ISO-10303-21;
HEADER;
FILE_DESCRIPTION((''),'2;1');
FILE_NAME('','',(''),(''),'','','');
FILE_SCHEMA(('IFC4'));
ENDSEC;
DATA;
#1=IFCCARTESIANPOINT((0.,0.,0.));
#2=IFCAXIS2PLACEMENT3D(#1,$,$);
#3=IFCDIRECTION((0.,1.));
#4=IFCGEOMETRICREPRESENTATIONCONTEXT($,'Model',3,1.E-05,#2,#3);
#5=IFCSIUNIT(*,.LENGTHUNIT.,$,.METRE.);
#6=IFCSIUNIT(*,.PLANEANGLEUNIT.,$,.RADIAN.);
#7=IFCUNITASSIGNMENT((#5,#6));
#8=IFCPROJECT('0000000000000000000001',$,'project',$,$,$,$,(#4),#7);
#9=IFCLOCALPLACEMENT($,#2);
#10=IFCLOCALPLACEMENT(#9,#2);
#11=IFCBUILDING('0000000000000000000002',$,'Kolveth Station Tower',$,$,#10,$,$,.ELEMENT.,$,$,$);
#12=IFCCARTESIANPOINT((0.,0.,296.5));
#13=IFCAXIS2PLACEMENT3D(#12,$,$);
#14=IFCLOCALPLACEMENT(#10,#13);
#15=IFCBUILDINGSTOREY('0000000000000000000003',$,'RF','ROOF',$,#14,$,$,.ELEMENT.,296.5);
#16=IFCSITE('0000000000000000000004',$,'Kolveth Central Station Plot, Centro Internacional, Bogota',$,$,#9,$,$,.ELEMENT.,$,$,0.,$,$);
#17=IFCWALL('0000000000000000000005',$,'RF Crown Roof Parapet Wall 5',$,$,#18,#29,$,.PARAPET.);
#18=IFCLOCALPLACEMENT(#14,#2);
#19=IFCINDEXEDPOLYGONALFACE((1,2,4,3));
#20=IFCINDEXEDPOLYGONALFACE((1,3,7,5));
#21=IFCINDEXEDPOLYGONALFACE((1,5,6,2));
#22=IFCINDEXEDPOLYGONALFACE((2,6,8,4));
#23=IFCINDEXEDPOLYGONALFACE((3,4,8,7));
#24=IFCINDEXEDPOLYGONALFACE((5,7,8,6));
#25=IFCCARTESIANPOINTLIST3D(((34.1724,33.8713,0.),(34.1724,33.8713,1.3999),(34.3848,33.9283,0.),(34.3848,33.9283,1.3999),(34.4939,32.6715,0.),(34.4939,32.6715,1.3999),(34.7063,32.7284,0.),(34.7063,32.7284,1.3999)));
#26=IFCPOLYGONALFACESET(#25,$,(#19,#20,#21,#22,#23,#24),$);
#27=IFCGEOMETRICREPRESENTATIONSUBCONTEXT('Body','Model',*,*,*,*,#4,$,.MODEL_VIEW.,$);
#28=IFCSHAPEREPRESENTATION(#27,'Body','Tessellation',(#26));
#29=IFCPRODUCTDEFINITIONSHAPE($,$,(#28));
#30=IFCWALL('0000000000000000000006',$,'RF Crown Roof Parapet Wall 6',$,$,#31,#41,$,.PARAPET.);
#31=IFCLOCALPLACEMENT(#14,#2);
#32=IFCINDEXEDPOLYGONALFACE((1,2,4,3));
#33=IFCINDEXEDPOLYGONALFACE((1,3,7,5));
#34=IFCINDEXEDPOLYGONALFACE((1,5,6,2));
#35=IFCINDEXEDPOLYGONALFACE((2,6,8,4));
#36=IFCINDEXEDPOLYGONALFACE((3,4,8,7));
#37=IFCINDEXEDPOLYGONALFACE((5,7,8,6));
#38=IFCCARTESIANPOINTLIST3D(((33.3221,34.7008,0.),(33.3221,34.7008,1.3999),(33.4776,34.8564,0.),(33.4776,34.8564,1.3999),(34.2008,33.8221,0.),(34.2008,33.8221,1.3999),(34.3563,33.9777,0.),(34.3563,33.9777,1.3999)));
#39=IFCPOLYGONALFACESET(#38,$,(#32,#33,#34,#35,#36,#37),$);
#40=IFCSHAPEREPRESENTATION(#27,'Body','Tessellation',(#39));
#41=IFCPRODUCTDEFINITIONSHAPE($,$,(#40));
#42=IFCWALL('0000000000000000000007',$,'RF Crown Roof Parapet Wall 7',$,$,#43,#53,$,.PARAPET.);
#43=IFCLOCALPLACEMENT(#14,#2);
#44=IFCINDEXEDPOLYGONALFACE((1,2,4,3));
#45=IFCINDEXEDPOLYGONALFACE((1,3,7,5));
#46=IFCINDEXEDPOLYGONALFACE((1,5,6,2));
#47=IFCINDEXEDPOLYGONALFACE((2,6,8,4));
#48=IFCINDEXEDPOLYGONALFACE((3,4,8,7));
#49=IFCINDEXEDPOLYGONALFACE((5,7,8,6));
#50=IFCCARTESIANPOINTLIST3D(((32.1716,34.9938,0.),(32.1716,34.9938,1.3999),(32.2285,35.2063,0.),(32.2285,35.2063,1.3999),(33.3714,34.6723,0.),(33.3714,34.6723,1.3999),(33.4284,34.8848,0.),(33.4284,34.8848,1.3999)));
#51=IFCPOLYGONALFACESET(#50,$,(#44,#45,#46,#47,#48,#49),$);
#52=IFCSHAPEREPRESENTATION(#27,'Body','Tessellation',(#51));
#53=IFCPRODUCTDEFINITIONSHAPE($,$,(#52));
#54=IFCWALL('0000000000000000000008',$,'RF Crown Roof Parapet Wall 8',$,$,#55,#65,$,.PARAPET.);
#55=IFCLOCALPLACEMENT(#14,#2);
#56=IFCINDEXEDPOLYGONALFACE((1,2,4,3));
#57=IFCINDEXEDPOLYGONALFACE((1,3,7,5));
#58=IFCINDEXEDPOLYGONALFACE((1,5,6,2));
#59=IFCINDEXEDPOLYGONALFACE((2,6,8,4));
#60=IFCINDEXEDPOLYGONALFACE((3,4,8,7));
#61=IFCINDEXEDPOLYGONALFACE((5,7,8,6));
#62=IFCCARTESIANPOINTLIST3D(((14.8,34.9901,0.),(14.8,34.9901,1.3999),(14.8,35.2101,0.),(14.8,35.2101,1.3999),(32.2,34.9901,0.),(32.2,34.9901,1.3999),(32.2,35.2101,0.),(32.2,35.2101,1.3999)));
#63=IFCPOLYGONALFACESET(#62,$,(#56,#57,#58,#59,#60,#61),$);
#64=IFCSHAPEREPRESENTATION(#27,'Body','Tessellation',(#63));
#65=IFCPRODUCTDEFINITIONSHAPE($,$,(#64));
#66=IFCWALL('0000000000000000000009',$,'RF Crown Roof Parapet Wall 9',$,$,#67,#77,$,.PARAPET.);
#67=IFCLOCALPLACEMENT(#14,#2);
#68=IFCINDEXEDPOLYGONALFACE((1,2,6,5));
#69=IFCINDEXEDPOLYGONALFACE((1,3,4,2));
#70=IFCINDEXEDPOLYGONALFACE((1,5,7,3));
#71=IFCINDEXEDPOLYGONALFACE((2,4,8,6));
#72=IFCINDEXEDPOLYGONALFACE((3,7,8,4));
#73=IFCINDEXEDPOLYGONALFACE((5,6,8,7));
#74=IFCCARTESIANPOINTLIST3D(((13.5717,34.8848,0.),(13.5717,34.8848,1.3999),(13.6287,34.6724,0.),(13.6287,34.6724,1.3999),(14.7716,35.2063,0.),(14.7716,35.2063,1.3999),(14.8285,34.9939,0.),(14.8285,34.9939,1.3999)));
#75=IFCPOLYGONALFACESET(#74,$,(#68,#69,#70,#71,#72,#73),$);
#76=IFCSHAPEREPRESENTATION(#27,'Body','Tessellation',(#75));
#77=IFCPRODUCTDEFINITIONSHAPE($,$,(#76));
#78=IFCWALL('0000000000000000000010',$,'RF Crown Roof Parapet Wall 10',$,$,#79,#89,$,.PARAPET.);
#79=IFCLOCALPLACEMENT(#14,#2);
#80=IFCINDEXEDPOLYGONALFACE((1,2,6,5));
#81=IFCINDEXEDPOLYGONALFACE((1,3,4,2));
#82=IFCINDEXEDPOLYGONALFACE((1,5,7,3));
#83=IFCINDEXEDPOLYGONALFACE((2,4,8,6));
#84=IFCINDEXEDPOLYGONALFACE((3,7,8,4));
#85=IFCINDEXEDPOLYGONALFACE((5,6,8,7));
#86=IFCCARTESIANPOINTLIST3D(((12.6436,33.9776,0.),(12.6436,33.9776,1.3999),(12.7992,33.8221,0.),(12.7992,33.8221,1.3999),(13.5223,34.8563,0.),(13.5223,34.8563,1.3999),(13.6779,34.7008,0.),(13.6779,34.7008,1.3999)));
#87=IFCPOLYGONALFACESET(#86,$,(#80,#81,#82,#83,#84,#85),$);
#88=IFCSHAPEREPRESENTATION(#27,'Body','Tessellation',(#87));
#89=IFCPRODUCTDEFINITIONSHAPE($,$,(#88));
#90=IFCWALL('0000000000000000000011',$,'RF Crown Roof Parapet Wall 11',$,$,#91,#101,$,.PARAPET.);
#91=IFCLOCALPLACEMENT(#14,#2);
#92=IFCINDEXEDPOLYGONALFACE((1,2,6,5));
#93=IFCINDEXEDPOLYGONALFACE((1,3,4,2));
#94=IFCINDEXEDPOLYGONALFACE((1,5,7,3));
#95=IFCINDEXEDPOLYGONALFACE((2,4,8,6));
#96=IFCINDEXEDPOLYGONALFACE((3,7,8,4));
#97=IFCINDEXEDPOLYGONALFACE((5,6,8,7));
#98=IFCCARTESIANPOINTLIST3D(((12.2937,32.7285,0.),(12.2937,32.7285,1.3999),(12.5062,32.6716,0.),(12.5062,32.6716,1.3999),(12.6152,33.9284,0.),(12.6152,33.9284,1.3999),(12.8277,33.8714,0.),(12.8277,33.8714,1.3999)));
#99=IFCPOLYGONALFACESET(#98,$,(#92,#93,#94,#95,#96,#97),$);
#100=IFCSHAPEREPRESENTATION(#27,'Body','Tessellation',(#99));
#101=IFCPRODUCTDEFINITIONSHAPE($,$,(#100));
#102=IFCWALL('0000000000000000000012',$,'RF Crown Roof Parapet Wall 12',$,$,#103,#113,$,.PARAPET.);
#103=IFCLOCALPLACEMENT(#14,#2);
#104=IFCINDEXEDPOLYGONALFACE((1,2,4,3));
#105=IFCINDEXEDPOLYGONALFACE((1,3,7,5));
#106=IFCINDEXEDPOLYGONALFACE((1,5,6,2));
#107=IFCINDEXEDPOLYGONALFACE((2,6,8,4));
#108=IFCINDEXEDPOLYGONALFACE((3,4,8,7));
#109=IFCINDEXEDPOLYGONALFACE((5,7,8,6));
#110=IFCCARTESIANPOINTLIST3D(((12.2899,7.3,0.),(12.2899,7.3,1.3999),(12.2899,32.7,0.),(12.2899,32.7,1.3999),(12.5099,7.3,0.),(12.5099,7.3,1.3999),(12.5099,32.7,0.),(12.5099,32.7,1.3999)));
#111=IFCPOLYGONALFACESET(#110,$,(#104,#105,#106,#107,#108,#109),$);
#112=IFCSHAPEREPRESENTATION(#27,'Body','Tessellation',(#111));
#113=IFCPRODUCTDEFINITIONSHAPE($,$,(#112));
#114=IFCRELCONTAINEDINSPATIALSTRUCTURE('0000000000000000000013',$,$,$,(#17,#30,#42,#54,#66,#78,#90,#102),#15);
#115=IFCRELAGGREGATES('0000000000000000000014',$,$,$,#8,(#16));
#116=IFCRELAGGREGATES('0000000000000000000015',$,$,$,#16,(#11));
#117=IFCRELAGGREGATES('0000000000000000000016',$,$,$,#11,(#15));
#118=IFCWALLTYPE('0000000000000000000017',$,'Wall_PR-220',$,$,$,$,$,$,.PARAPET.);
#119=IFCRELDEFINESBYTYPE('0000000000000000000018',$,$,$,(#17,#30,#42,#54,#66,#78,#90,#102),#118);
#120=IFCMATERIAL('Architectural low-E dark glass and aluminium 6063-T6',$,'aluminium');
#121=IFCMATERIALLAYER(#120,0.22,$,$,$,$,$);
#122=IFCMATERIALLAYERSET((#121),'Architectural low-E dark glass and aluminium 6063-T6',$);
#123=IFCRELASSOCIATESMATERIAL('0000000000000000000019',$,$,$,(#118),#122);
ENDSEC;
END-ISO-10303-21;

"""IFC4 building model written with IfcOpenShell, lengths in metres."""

from ifc_helpers import new_model, si_unit, direction, frame, frame_2d, origin, place, context, subcontext, project, spatial, rectangle, extrude, material, layer, layer_set, type_object, element, save


model = new_model("IFC4")

# Units and contexts
model_context = context("Model", 3, precision=1e-05, world=origin(), true_north=direction((0.0, 1.0)))
body_context = subcontext(model_context, "Body", "Model", "MODEL_VIEW")
ifc_project = project(units=[si_unit("LENGTHUNIT", "METRE"), si_unit("PLANEANGLEUNIT", "RADIAN")], contexts=[model_context])

# Site, building, storey
site_placement = place(None, origin())
site = spatial("IfcSite", under=ifc_project, at=site_placement, Name="Kolveth Central Station Plot, Centro Internacional, Bogota", CompositionType="ELEMENT", RefElevation=0.0)
building_placement = place(site_placement, origin())
building = spatial("IfcBuilding", under=site, at=building_placement, Name="Kolveth Station Tower", CompositionType="ELEMENT")
storey_placement = place(building_placement, frame((0.0, 0.0, 296.5)))
storey = spatial("IfcBuildingStorey", under=building, at=storey_placement, Name="RF", Description="ROOF", CompositionType="ELEMENT", Elevation=296.5)

# Walls
ifc_material_1 = material(Name="Architectural low-E dark glass and aluminium 6063-T6", Category="aluminium")
ifc_layer_1 = layer(ifc_material_1, 0.22)
ifc_layer_set_1 = layer_set([ifc_layer_1], Name="Architectural low-E dark glass and aluminium 6063-T6")
wall_type = type_object("IfcWallType", Name="Wall_PR-220", PredefinedType="PARAPET", material=ifc_layer_set_1)
wall_1_placement = place(storey_placement, frame((34.6001, 32.7, 0.0), z_axis=(0.0, 0.0, 1.0), x_axis=(-0.258824, 0.965924, 0.0)))
element("IfcWall", 1, at=wall_1_placement, inside=storey, type_object=wall_type, Name="RF Crown Roof Parapet Wall 5", PredefinedType="PARAPET", context=body_context, shape_type="SweptSolid", body=[
    extrude(rectangle(XDim=1.2422, YDim=0.22, at=frame_2d((0.6211, 0.0))), origin(), (0.0, 0.0, 1.0), 1.3999),
])
wall_2_placement = place(storey_placement, frame((34.2786, 33.8999, 0.0), z_axis=(0.0, 0.0, 1.0), x_axis=(-0.707107, 0.707107, 0.0)))
element("IfcWall", 2, at=wall_2_placement, inside=storey, type_object=wall_type, Name="RF Crown Roof Parapet Wall 6", PredefinedType="PARAPET", context=body_context, shape_type="SweptSolid", body=[
    extrude(rectangle(XDim=1.2427, YDim=0.22, at=frame_2d((0.6213, 0.0))), origin(), (0.0, 0.0, 1.0), 1.3999),
])
wall_3_placement = place(storey_placement, frame((33.3999, 34.7786, 0.0), z_axis=(0.0, 0.0, 1.0), x_axis=(-0.965924, 0.258824, 0.0)))
element("IfcWall", 3, at=wall_3_placement, inside=storey, type_object=wall_type, Name="RF Crown Roof Parapet Wall 7", PredefinedType="PARAPET", context=body_context, shape_type="SweptSolid", body=[
    extrude(rectangle(XDim=1.2422, YDim=0.22, at=frame_2d((0.6211, 0.0))), origin(), (0.0, 0.0, 1.0), 1.3999),
])
wall_4_placement = place(storey_placement, frame((32.2, 35.1001, 0.0), z_axis=(0.0, 0.0, 1.0), x_axis=(-1.0, 0.0, 0.0)))
element("IfcWall", 4, at=wall_4_placement, inside=storey, type_object=wall_type, Name="RF Crown Roof Parapet Wall 8", PredefinedType="PARAPET", context=body_context, shape_type="SweptSolid", body=[
    extrude(rectangle(XDim=17.3999, YDim=0.22, at=frame_2d((8.7, 0.0))), origin(), (0.0, 0.0, 1.0), 1.3999),
])
wall_5_placement = place(storey_placement, frame((14.8, 35.1001, 0.0), z_axis=(0.0, 0.0, 1.0), x_axis=(-0.965924, -0.258824, 0.0)))
element("IfcWall", 5, at=wall_5_placement, inside=storey, type_object=wall_type, Name="RF Crown Roof Parapet Wall 9", PredefinedType="PARAPET", context=body_context, shape_type="SweptSolid", body=[
    extrude(rectangle(XDim=1.2422, YDim=0.22, at=frame_2d((0.6211, 0.0))), origin(), (0.0, 0.0, 1.0), 1.3999),
])
wall_6_placement = place(storey_placement, frame((13.6001, 34.7786, 0.0), z_axis=(0.0, 0.0, 1.0), x_axis=(-0.707107, -0.707107, 0.0)))
element("IfcWall", 6, at=wall_6_placement, inside=storey, type_object=wall_type, Name="RF Crown Roof Parapet Wall 10", PredefinedType="PARAPET", context=body_context, shape_type="SweptSolid", body=[
    extrude(rectangle(XDim=1.2427, YDim=0.22, at=frame_2d((0.6213, 0.0))), origin(), (0.0, 0.0, 1.0), 1.3999),
])
wall_7_placement = place(storey_placement, frame((12.7214, 33.8999, 0.0), z_axis=(0.0, 0.0, 1.0), x_axis=(-0.258824, -0.965924, 0.0)))
element("IfcWall", 7, at=wall_7_placement, inside=storey, type_object=wall_type, Name="RF Crown Roof Parapet Wall 11", PredefinedType="PARAPET", context=body_context, shape_type="SweptSolid", body=[
    extrude(rectangle(XDim=1.2422, YDim=0.22, at=frame_2d((0.6211, 0.0))), origin(), (0.0, 0.0, 1.0), 1.3999),
])
wall_8_placement = place(storey_placement, frame((12.3999, 32.7, 0.0), z_axis=(0.0, 0.0, 1.0), x_axis=(0.0, -1.0, 0.0)))
element("IfcWall", 8, at=wall_8_placement, inside=storey, type_object=wall_type, Name="RF Crown Roof Parapet Wall 12", PredefinedType="PARAPET", context=body_context, shape_type="SweptSolid", body=[
    extrude(rectangle(XDim=25.3999, YDim=0.22, at=frame_2d((12.7, 0.0))), origin(), (0.0, 0.0, 1.0), 1.3999),
])

save(model, "model.ifc")
